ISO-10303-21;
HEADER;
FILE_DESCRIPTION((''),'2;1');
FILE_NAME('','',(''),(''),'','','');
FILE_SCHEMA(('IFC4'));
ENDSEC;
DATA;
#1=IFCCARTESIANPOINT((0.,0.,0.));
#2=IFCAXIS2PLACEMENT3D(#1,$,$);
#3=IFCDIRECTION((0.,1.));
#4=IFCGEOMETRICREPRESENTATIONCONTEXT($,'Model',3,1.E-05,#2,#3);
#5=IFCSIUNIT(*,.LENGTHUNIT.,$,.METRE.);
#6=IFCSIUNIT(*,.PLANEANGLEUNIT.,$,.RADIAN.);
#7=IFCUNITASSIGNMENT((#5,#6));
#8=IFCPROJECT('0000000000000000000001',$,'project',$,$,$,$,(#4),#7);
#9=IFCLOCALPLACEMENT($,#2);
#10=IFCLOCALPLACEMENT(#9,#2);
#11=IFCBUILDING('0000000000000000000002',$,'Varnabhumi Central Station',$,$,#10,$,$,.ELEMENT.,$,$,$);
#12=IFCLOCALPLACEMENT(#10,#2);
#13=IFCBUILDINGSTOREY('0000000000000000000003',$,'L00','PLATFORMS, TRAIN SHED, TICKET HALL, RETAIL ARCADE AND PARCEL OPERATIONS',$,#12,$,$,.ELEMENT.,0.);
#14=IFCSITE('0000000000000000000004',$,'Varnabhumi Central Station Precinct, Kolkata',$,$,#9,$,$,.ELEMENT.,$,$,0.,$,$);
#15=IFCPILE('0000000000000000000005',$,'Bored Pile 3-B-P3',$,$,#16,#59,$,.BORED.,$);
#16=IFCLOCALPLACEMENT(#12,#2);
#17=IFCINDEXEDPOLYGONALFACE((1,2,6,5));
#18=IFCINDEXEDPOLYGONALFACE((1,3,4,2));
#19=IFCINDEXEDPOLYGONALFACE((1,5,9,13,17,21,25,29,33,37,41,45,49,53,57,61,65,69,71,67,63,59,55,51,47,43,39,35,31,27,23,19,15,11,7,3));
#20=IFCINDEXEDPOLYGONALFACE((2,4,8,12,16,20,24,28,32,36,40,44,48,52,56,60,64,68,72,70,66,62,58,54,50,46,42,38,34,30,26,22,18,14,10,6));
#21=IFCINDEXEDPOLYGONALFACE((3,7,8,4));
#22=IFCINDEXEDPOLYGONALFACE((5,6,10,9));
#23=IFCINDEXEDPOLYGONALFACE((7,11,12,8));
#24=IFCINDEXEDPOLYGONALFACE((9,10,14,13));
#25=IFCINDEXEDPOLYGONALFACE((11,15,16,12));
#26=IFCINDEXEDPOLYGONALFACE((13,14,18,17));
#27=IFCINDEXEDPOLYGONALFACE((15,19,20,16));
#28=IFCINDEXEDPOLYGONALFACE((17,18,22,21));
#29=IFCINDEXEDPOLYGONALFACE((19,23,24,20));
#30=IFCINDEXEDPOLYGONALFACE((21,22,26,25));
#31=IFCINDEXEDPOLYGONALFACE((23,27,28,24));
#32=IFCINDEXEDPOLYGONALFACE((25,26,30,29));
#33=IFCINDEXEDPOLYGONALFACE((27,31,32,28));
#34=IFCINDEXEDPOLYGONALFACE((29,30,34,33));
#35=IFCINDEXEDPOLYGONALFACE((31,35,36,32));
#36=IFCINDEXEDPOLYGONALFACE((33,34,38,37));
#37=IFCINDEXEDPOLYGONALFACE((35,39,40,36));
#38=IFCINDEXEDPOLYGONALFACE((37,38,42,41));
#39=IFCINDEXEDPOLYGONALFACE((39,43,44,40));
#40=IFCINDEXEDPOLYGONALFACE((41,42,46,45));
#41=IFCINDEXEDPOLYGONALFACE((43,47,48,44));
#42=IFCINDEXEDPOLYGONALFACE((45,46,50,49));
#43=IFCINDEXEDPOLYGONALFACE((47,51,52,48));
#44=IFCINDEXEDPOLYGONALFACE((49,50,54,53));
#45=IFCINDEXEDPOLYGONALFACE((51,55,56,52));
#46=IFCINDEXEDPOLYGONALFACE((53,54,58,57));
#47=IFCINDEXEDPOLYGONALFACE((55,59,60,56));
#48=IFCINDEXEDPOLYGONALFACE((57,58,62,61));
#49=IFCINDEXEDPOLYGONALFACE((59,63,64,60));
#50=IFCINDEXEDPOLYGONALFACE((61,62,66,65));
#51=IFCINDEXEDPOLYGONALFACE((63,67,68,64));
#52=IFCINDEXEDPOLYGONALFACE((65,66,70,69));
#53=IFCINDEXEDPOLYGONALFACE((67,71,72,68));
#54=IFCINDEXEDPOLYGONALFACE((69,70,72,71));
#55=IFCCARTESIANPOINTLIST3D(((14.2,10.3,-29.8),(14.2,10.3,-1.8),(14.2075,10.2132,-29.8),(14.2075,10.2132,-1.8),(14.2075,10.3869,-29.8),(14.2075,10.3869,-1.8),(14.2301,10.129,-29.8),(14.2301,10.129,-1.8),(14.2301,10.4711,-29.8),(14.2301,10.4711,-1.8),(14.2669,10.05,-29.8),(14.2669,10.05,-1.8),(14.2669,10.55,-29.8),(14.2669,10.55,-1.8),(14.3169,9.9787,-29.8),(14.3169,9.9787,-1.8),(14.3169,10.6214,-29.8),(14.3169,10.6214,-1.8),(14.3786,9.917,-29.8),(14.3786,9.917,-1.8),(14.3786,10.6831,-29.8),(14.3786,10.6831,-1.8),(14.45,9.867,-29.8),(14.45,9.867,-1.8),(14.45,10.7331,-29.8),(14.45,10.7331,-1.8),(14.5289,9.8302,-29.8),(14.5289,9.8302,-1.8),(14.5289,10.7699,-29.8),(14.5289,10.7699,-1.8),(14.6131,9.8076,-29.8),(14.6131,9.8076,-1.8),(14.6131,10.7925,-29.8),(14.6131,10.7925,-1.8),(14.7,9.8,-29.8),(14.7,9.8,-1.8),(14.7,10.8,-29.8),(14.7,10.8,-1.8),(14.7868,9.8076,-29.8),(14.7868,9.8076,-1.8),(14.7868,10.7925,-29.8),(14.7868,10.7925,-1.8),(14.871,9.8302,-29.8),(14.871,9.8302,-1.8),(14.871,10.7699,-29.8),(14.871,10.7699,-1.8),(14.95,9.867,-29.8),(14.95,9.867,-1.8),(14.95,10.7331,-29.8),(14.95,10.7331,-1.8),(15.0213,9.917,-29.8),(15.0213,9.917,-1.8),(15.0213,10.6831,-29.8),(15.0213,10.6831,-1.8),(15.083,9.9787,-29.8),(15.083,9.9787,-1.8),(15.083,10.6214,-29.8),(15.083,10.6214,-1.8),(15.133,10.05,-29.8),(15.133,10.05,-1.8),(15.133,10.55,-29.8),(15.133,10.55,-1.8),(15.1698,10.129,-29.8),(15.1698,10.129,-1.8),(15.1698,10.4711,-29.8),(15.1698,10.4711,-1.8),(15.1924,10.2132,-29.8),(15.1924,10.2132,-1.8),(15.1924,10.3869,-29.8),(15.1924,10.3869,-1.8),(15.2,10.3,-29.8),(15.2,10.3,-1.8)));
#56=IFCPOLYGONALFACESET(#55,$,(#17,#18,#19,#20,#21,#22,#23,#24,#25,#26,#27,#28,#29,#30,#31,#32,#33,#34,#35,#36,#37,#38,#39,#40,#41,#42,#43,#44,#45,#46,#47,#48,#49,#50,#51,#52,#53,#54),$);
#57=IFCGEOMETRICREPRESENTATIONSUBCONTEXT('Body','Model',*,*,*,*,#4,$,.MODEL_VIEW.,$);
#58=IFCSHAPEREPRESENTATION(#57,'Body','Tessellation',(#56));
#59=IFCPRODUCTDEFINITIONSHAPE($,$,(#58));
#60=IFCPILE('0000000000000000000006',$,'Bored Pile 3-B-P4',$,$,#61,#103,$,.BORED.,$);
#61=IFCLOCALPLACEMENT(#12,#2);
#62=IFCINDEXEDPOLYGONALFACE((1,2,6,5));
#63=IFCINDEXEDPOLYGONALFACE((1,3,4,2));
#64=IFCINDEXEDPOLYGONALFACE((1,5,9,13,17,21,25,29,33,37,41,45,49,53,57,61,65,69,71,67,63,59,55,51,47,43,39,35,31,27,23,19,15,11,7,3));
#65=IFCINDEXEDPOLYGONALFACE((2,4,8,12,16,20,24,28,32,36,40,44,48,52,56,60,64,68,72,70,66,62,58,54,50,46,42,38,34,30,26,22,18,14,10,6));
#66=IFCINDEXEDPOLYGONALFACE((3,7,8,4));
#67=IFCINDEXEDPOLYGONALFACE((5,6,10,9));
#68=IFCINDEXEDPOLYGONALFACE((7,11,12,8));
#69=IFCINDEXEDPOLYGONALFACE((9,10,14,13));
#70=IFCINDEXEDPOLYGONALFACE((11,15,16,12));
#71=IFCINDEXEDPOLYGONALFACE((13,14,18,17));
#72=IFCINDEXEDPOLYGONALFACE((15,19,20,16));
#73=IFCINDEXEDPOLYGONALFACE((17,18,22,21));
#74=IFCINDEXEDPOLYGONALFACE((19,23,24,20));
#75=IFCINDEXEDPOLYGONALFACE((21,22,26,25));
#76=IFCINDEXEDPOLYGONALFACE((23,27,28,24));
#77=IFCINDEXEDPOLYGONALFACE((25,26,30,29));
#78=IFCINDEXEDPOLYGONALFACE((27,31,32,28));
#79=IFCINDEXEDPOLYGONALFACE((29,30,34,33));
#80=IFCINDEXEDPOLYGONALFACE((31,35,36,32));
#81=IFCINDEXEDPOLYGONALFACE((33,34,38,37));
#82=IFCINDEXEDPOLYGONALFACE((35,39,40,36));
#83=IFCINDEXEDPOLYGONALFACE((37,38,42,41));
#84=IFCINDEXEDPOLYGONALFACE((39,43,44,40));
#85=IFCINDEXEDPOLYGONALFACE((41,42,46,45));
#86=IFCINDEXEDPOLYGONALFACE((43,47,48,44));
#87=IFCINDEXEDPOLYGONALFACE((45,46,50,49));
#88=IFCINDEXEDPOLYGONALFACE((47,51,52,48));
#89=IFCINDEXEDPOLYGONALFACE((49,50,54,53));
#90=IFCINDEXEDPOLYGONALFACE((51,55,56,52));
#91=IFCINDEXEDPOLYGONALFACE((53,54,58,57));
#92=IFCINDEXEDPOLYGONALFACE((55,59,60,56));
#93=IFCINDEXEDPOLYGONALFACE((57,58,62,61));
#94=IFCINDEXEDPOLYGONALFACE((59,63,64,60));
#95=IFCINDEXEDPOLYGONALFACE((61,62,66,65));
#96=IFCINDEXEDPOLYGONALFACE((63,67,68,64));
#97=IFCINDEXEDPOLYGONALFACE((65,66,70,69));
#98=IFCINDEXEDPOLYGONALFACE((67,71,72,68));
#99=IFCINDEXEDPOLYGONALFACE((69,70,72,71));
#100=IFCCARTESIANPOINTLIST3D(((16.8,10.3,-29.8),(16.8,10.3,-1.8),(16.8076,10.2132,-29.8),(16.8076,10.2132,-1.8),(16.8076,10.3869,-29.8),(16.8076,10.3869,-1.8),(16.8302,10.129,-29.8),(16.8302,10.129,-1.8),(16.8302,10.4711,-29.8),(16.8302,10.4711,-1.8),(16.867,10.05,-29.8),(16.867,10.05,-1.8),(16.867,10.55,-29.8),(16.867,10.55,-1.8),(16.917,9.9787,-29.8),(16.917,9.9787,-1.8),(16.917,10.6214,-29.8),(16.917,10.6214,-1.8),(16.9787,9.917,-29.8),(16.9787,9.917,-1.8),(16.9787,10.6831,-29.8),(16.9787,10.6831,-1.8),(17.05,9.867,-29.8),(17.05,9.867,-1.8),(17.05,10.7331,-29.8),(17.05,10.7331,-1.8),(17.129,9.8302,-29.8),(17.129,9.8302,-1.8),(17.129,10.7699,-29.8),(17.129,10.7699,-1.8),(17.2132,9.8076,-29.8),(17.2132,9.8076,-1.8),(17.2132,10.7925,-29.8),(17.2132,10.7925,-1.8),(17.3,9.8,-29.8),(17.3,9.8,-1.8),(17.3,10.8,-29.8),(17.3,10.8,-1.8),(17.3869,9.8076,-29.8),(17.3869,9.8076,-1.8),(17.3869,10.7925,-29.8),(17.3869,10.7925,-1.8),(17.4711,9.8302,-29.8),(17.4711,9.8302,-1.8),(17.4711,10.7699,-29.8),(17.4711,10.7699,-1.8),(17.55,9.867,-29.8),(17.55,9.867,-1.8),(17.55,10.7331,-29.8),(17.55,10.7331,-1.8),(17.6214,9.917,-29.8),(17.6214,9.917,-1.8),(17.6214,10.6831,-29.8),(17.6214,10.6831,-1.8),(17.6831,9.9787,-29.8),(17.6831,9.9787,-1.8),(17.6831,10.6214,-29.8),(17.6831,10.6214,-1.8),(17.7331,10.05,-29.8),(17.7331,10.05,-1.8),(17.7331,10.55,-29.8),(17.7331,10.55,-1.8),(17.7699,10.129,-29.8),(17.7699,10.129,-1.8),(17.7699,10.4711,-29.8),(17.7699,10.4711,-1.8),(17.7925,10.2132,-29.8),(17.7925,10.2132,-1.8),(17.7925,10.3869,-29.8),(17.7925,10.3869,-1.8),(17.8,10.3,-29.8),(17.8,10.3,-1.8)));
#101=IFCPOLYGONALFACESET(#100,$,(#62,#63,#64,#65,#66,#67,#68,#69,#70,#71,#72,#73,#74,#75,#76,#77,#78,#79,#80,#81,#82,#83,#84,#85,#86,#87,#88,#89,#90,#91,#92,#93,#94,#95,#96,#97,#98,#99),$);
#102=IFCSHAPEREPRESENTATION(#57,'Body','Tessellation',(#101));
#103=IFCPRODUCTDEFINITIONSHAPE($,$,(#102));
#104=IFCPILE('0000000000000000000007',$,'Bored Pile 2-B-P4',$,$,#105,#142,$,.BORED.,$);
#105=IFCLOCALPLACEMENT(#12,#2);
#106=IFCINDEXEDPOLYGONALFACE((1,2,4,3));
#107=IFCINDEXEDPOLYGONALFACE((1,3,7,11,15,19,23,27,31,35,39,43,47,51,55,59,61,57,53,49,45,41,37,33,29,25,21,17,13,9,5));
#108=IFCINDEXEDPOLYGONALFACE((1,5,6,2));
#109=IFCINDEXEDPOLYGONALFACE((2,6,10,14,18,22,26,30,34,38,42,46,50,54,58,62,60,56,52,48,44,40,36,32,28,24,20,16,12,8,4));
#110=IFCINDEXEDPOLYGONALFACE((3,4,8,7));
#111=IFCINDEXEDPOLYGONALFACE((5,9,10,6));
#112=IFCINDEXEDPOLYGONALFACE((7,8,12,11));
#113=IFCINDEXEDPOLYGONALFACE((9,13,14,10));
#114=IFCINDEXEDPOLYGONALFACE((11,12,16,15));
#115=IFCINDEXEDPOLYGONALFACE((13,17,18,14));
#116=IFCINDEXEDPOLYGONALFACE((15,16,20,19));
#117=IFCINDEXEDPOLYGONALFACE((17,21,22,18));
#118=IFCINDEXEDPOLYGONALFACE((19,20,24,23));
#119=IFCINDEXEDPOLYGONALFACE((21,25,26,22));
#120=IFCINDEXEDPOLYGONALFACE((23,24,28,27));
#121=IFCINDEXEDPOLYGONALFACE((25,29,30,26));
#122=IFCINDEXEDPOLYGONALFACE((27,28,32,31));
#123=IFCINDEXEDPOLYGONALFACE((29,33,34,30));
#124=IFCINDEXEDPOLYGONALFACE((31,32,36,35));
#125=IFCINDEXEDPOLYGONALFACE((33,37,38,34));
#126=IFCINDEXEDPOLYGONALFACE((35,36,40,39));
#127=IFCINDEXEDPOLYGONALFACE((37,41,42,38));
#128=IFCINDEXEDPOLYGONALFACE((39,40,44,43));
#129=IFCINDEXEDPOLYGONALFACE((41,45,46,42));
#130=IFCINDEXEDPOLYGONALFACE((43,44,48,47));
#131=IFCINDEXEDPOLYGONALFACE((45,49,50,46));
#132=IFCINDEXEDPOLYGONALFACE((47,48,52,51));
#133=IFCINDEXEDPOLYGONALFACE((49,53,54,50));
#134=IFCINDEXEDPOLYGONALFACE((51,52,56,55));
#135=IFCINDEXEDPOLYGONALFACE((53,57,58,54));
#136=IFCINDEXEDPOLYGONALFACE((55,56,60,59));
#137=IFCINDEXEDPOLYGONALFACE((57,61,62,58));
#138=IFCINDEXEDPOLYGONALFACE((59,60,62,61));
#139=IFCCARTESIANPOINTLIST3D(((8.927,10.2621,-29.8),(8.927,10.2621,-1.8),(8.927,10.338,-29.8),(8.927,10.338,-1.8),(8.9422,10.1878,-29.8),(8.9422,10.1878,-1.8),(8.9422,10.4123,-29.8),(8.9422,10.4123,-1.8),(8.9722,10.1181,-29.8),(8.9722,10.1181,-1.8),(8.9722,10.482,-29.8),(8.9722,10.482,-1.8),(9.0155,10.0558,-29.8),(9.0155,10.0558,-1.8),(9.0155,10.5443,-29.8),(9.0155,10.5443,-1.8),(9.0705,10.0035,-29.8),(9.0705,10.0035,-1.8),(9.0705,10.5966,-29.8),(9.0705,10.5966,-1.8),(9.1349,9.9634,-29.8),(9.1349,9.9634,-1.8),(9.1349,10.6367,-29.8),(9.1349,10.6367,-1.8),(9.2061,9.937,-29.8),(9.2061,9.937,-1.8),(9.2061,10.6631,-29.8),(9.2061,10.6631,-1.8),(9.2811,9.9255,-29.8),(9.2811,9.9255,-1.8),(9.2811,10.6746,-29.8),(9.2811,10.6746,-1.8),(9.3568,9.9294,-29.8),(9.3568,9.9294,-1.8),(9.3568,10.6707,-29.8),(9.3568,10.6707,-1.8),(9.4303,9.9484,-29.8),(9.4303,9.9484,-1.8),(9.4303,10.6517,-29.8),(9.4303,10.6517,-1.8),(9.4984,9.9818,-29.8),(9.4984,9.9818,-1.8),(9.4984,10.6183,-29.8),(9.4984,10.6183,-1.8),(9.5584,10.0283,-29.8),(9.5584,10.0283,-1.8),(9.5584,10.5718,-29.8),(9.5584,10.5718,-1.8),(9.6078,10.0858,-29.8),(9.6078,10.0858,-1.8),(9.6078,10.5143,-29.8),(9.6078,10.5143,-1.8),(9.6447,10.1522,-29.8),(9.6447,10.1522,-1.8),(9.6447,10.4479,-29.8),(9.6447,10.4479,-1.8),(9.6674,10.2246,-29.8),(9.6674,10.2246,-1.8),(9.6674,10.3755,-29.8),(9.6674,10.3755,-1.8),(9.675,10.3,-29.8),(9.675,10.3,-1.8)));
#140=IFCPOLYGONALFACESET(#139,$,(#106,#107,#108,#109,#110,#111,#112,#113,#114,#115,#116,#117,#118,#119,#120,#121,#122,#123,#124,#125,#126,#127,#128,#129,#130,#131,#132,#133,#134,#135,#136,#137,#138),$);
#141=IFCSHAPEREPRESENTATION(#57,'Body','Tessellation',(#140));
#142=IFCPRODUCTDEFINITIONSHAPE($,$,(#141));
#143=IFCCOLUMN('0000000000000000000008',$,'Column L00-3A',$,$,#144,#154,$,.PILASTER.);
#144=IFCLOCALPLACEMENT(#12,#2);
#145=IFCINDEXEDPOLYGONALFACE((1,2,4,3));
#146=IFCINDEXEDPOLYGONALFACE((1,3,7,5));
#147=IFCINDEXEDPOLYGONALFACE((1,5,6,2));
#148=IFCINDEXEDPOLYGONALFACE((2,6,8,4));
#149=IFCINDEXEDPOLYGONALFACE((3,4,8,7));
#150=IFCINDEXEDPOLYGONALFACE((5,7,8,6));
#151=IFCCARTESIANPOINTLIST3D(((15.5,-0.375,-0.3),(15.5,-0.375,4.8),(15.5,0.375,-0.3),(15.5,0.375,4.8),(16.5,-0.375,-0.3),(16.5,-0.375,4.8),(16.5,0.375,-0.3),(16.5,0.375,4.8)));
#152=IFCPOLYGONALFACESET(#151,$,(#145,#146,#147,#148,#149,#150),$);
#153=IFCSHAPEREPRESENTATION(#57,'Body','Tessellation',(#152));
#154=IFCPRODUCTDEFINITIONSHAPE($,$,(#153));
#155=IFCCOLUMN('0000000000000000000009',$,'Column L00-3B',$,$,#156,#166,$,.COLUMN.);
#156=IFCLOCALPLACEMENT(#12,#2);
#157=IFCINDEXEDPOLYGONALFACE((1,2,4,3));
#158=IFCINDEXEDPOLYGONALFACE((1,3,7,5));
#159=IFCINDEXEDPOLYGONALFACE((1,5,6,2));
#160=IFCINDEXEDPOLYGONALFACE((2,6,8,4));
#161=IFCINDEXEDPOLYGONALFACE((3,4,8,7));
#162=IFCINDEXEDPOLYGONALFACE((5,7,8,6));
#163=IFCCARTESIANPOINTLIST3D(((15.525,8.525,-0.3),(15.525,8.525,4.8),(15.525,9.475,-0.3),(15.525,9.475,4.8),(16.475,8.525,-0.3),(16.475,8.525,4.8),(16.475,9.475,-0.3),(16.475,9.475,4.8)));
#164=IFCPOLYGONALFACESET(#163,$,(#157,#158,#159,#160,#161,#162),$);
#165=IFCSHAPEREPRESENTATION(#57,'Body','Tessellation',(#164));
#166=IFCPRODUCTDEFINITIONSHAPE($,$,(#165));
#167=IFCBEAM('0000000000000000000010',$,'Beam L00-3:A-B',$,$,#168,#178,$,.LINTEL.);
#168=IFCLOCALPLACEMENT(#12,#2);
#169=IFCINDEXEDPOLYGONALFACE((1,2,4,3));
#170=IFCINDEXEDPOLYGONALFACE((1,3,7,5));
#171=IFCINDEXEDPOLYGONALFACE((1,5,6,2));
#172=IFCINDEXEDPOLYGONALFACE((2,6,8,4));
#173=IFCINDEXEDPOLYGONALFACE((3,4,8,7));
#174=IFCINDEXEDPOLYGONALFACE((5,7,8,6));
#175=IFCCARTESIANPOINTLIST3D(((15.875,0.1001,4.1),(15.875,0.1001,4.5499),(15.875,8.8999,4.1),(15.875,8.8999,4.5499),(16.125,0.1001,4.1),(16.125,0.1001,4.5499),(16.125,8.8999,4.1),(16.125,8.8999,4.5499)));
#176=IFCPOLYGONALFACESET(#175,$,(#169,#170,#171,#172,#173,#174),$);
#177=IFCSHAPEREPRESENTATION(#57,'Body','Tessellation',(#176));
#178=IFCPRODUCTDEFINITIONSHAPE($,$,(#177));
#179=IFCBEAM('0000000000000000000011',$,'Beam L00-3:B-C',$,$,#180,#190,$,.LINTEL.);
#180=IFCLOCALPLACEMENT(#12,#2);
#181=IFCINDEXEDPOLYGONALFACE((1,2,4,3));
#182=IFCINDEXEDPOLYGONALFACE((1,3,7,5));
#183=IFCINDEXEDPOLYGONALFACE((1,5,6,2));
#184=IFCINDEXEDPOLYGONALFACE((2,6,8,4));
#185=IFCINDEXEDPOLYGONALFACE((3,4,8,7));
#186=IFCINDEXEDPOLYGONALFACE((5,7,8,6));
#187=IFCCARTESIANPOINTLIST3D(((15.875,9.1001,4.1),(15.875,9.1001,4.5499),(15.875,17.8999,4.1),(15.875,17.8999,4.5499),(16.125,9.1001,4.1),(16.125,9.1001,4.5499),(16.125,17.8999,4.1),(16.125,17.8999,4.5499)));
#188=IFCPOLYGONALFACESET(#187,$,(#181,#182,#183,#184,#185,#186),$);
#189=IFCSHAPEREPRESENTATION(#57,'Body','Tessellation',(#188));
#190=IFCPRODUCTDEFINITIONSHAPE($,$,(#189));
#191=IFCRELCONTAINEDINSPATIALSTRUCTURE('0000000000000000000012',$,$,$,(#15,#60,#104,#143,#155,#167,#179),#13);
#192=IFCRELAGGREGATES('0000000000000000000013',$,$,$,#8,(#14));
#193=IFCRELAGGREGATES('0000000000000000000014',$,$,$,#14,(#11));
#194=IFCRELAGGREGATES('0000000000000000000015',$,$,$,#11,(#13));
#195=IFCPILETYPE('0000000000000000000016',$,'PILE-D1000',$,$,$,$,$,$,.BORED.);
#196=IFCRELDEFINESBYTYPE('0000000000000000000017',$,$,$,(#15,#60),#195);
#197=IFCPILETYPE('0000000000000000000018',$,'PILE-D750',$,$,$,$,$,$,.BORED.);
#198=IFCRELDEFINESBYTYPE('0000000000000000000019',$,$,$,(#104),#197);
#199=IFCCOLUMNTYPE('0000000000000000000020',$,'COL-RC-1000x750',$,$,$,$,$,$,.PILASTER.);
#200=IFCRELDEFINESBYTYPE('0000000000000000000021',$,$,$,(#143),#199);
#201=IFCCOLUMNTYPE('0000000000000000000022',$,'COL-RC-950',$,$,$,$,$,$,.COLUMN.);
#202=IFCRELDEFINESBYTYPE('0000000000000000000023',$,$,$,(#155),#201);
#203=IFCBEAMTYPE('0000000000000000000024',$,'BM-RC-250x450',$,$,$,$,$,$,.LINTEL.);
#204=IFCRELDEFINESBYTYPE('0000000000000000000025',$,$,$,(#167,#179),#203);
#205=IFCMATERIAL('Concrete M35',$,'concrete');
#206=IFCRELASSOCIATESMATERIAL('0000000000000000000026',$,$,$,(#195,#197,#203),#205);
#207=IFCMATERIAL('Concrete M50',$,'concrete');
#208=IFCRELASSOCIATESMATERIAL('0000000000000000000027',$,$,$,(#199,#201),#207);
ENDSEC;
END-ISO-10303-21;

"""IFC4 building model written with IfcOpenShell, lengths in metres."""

from ifc_helpers import new_model, si_unit, direction, frame, origin, origin_2d, place, context, subcontext, project, spatial, rectangle, circle, extrude, material, material_profile, profile_set, type_object, element, save


model = new_model("IFC4")

# Units and contexts
model_context = context("Model", 3, precision=1e-05, world=origin(), true_north=direction((0.0, 1.0)))
body_context = subcontext(model_context, "Body", "Model", "MODEL_VIEW")
ifc_project = project(units=[si_unit("LENGTHUNIT", "METRE"), si_unit("PLANEANGLEUNIT", "RADIAN")], contexts=[model_context])

# Site, building, storey
site_placement = place(None, origin())
site = spatial("IfcSite", under=ifc_project, at=site_placement, Name="Varnabhumi Central Station Precinct, Kolkata", CompositionType="ELEMENT", RefElevation=0.0)
building_placement = place(site_placement, origin())
building = spatial("IfcBuilding", under=site, at=building_placement, Name="Varnabhumi Central Station", CompositionType="ELEMENT")
storey_placement = place(building_placement, origin())
storey = spatial("IfcBuildingStorey", under=building, at=storey_placement, Name="L00", Description="PLATFORMS, TRAIN SHED, TICKET HALL, RETAIL ARCADE AND PARCEL OPERATIONS", CompositionType="ELEMENT", Elevation=0.0)

# Piles
ifc_material_1 = material(Name="Concrete M35", Category="concrete")
ifc_material_profile_1 = material_profile(ifc_material_1, circle(Radius=0.5, at=origin_2d()), Name="Concrete M35", Category="concrete")
ifc_profile_set_1 = profile_set([ifc_material_profile_1], Name="Concrete M35")
pile_type_1 = type_object("IfcPileType", Name="PILE-D1000", PredefinedType="BORED", material=ifc_profile_set_1)
for number, where, z_axis, x_axis, name in (
    (1, (14.7, 10.3, -1.8), (0.0, 0.0, -1.0), (1.0, 0.0, 0.0), "Bored Pile 3-B-P3"),
    (2, (17.3, 10.3, -1.8), (0.0, 0.0, -1.0), (1.0, 0.0, 0.0), "Bored Pile 3-B-P4"),
):
    element("IfcPile", number, at=place(storey_placement, frame(where, z_axis=z_axis, x_axis=x_axis)), inside=storey, type_object=pile_type_1, Name=name, PredefinedType="BORED", context=body_context, shape_type="SweptSolid", body=[
        extrude(circle(Radius=0.5, at=origin_2d()), origin(), (0.0, 0.0, 1.0), 28.0),
    ])
ifc_material_profile_2 = material_profile(ifc_material_1, circle(Radius=0.375, at=origin_2d()), Name="Concrete M35", Category="concrete")
ifc_profile_set_2 = profile_set([ifc_material_profile_2], Name="Concrete M35")
pile_type_2 = type_object("IfcPileType", Name="PILE-D750", PredefinedType="BORED", material=ifc_profile_set_2)
pile_placement = place(storey_placement, frame((9.3, 10.3, -1.8), z_axis=(0.0, 0.0, -1.0), x_axis=(1.0, 0.0, 0.0)))
element("IfcPile", 3, at=pile_placement, inside=storey, type_object=pile_type_2, Name="Bored Pile 2-B-P4", PredefinedType="BORED", context=body_context, shape_type="SweptSolid", body=[
    extrude(circle(Radius=0.375, at=origin_2d()), origin(), (0.0, 0.0, 1.0), 28.0),
])

# Columns
ifc_material_2 = material(Name="Concrete M50", Category="concrete")
ifc_material_profile_3 = material_profile(ifc_material_2, rectangle(XDim=1.0, YDim=0.75, at=origin_2d()), Name="Concrete M50", Category="concrete")
ifc_profile_set_3 = profile_set([ifc_material_profile_3], Name="Concrete M50")
column_type_1 = type_object("IfcColumnType", Name="COL-RC-1000x750", PredefinedType="PILASTER", material=ifc_profile_set_3)
column_1_placement = place(storey_placement, frame((16.0, 0.0, -0.3), z_axis=(0.0, 0.0, 1.0), x_axis=(1.0, 0.0, 0.0)))
element("IfcColumn", 4, at=column_1_placement, inside=storey, type_object=column_type_1, Name="Column L00-3A", PredefinedType="PILASTER", context=body_context, shape_type="SweptSolid", body=[
    extrude(rectangle(XDim=1.0, YDim=0.75, at=origin_2d()), origin(), (0.0, 0.0, 1.0), 5.1001),
])
ifc_material_profile_4 = material_profile(ifc_material_2, rectangle(XDim=0.95, YDim=0.95, at=origin_2d()), Name="Concrete M50", Category="concrete")
ifc_profile_set_4 = profile_set([ifc_material_profile_4], Name="Concrete M50")
column_type_2 = type_object("IfcColumnType", Name="COL-RC-950", PredefinedType="COLUMN", material=ifc_profile_set_4)
column_2_placement = place(storey_placement, frame((16.0, 9.0, -0.3), z_axis=(0.0, 0.0, 1.0), x_axis=(1.0, 0.0, 0.0)))
element("IfcColumn", 5, at=column_2_placement, inside=storey, type_object=column_type_2, Name="Column L00-3B", PredefinedType="COLUMN", context=body_context, shape_type="SweptSolid", body=[
    extrude(rectangle(XDim=0.95, YDim=0.95, at=origin_2d()), origin(), (0.0, 0.0, 1.0), 5.1001),
])

# Beams
ifc_material_profile_5 = material_profile(ifc_material_1, rectangle(XDim=0.25, YDim=0.45, at=origin_2d()), Name="Concrete M35", Category="concrete")
ifc_profile_set_5 = profile_set([ifc_material_profile_5], Name="Concrete M35")
beam_type_1 = type_object("IfcBeamType", Name="BM-RC-250x450", PredefinedType="LINTEL", material=ifc_profile_set_5)
for number, where, z_axis, x_axis, name in (
    (6, (16.0, 0.1001, 4.325), (0.0, 1.0, 0.0), (-1.0, 0.0, 0.0), "Beam L00-3:A-B"),
    (7, (16.0, 9.1001, 4.325), (0.0, 1.0, 0.0), (-1.0, 0.0, 0.0), "Beam L00-3:B-C"),
):
    element("IfcBeam", number, at=place(storey_placement, frame(where, z_axis=z_axis, x_axis=x_axis)), inside=storey, type_object=beam_type_1, Name=name, PredefinedType="LINTEL", context=body_context, shape_type="SweptSolid", body=[
        extrude(rectangle(XDim=0.25, YDim=0.45, at=origin_2d()), origin(), (0.0, 0.0, 1.0), 8.7998),
    ])

save(model, "model.ifc")
